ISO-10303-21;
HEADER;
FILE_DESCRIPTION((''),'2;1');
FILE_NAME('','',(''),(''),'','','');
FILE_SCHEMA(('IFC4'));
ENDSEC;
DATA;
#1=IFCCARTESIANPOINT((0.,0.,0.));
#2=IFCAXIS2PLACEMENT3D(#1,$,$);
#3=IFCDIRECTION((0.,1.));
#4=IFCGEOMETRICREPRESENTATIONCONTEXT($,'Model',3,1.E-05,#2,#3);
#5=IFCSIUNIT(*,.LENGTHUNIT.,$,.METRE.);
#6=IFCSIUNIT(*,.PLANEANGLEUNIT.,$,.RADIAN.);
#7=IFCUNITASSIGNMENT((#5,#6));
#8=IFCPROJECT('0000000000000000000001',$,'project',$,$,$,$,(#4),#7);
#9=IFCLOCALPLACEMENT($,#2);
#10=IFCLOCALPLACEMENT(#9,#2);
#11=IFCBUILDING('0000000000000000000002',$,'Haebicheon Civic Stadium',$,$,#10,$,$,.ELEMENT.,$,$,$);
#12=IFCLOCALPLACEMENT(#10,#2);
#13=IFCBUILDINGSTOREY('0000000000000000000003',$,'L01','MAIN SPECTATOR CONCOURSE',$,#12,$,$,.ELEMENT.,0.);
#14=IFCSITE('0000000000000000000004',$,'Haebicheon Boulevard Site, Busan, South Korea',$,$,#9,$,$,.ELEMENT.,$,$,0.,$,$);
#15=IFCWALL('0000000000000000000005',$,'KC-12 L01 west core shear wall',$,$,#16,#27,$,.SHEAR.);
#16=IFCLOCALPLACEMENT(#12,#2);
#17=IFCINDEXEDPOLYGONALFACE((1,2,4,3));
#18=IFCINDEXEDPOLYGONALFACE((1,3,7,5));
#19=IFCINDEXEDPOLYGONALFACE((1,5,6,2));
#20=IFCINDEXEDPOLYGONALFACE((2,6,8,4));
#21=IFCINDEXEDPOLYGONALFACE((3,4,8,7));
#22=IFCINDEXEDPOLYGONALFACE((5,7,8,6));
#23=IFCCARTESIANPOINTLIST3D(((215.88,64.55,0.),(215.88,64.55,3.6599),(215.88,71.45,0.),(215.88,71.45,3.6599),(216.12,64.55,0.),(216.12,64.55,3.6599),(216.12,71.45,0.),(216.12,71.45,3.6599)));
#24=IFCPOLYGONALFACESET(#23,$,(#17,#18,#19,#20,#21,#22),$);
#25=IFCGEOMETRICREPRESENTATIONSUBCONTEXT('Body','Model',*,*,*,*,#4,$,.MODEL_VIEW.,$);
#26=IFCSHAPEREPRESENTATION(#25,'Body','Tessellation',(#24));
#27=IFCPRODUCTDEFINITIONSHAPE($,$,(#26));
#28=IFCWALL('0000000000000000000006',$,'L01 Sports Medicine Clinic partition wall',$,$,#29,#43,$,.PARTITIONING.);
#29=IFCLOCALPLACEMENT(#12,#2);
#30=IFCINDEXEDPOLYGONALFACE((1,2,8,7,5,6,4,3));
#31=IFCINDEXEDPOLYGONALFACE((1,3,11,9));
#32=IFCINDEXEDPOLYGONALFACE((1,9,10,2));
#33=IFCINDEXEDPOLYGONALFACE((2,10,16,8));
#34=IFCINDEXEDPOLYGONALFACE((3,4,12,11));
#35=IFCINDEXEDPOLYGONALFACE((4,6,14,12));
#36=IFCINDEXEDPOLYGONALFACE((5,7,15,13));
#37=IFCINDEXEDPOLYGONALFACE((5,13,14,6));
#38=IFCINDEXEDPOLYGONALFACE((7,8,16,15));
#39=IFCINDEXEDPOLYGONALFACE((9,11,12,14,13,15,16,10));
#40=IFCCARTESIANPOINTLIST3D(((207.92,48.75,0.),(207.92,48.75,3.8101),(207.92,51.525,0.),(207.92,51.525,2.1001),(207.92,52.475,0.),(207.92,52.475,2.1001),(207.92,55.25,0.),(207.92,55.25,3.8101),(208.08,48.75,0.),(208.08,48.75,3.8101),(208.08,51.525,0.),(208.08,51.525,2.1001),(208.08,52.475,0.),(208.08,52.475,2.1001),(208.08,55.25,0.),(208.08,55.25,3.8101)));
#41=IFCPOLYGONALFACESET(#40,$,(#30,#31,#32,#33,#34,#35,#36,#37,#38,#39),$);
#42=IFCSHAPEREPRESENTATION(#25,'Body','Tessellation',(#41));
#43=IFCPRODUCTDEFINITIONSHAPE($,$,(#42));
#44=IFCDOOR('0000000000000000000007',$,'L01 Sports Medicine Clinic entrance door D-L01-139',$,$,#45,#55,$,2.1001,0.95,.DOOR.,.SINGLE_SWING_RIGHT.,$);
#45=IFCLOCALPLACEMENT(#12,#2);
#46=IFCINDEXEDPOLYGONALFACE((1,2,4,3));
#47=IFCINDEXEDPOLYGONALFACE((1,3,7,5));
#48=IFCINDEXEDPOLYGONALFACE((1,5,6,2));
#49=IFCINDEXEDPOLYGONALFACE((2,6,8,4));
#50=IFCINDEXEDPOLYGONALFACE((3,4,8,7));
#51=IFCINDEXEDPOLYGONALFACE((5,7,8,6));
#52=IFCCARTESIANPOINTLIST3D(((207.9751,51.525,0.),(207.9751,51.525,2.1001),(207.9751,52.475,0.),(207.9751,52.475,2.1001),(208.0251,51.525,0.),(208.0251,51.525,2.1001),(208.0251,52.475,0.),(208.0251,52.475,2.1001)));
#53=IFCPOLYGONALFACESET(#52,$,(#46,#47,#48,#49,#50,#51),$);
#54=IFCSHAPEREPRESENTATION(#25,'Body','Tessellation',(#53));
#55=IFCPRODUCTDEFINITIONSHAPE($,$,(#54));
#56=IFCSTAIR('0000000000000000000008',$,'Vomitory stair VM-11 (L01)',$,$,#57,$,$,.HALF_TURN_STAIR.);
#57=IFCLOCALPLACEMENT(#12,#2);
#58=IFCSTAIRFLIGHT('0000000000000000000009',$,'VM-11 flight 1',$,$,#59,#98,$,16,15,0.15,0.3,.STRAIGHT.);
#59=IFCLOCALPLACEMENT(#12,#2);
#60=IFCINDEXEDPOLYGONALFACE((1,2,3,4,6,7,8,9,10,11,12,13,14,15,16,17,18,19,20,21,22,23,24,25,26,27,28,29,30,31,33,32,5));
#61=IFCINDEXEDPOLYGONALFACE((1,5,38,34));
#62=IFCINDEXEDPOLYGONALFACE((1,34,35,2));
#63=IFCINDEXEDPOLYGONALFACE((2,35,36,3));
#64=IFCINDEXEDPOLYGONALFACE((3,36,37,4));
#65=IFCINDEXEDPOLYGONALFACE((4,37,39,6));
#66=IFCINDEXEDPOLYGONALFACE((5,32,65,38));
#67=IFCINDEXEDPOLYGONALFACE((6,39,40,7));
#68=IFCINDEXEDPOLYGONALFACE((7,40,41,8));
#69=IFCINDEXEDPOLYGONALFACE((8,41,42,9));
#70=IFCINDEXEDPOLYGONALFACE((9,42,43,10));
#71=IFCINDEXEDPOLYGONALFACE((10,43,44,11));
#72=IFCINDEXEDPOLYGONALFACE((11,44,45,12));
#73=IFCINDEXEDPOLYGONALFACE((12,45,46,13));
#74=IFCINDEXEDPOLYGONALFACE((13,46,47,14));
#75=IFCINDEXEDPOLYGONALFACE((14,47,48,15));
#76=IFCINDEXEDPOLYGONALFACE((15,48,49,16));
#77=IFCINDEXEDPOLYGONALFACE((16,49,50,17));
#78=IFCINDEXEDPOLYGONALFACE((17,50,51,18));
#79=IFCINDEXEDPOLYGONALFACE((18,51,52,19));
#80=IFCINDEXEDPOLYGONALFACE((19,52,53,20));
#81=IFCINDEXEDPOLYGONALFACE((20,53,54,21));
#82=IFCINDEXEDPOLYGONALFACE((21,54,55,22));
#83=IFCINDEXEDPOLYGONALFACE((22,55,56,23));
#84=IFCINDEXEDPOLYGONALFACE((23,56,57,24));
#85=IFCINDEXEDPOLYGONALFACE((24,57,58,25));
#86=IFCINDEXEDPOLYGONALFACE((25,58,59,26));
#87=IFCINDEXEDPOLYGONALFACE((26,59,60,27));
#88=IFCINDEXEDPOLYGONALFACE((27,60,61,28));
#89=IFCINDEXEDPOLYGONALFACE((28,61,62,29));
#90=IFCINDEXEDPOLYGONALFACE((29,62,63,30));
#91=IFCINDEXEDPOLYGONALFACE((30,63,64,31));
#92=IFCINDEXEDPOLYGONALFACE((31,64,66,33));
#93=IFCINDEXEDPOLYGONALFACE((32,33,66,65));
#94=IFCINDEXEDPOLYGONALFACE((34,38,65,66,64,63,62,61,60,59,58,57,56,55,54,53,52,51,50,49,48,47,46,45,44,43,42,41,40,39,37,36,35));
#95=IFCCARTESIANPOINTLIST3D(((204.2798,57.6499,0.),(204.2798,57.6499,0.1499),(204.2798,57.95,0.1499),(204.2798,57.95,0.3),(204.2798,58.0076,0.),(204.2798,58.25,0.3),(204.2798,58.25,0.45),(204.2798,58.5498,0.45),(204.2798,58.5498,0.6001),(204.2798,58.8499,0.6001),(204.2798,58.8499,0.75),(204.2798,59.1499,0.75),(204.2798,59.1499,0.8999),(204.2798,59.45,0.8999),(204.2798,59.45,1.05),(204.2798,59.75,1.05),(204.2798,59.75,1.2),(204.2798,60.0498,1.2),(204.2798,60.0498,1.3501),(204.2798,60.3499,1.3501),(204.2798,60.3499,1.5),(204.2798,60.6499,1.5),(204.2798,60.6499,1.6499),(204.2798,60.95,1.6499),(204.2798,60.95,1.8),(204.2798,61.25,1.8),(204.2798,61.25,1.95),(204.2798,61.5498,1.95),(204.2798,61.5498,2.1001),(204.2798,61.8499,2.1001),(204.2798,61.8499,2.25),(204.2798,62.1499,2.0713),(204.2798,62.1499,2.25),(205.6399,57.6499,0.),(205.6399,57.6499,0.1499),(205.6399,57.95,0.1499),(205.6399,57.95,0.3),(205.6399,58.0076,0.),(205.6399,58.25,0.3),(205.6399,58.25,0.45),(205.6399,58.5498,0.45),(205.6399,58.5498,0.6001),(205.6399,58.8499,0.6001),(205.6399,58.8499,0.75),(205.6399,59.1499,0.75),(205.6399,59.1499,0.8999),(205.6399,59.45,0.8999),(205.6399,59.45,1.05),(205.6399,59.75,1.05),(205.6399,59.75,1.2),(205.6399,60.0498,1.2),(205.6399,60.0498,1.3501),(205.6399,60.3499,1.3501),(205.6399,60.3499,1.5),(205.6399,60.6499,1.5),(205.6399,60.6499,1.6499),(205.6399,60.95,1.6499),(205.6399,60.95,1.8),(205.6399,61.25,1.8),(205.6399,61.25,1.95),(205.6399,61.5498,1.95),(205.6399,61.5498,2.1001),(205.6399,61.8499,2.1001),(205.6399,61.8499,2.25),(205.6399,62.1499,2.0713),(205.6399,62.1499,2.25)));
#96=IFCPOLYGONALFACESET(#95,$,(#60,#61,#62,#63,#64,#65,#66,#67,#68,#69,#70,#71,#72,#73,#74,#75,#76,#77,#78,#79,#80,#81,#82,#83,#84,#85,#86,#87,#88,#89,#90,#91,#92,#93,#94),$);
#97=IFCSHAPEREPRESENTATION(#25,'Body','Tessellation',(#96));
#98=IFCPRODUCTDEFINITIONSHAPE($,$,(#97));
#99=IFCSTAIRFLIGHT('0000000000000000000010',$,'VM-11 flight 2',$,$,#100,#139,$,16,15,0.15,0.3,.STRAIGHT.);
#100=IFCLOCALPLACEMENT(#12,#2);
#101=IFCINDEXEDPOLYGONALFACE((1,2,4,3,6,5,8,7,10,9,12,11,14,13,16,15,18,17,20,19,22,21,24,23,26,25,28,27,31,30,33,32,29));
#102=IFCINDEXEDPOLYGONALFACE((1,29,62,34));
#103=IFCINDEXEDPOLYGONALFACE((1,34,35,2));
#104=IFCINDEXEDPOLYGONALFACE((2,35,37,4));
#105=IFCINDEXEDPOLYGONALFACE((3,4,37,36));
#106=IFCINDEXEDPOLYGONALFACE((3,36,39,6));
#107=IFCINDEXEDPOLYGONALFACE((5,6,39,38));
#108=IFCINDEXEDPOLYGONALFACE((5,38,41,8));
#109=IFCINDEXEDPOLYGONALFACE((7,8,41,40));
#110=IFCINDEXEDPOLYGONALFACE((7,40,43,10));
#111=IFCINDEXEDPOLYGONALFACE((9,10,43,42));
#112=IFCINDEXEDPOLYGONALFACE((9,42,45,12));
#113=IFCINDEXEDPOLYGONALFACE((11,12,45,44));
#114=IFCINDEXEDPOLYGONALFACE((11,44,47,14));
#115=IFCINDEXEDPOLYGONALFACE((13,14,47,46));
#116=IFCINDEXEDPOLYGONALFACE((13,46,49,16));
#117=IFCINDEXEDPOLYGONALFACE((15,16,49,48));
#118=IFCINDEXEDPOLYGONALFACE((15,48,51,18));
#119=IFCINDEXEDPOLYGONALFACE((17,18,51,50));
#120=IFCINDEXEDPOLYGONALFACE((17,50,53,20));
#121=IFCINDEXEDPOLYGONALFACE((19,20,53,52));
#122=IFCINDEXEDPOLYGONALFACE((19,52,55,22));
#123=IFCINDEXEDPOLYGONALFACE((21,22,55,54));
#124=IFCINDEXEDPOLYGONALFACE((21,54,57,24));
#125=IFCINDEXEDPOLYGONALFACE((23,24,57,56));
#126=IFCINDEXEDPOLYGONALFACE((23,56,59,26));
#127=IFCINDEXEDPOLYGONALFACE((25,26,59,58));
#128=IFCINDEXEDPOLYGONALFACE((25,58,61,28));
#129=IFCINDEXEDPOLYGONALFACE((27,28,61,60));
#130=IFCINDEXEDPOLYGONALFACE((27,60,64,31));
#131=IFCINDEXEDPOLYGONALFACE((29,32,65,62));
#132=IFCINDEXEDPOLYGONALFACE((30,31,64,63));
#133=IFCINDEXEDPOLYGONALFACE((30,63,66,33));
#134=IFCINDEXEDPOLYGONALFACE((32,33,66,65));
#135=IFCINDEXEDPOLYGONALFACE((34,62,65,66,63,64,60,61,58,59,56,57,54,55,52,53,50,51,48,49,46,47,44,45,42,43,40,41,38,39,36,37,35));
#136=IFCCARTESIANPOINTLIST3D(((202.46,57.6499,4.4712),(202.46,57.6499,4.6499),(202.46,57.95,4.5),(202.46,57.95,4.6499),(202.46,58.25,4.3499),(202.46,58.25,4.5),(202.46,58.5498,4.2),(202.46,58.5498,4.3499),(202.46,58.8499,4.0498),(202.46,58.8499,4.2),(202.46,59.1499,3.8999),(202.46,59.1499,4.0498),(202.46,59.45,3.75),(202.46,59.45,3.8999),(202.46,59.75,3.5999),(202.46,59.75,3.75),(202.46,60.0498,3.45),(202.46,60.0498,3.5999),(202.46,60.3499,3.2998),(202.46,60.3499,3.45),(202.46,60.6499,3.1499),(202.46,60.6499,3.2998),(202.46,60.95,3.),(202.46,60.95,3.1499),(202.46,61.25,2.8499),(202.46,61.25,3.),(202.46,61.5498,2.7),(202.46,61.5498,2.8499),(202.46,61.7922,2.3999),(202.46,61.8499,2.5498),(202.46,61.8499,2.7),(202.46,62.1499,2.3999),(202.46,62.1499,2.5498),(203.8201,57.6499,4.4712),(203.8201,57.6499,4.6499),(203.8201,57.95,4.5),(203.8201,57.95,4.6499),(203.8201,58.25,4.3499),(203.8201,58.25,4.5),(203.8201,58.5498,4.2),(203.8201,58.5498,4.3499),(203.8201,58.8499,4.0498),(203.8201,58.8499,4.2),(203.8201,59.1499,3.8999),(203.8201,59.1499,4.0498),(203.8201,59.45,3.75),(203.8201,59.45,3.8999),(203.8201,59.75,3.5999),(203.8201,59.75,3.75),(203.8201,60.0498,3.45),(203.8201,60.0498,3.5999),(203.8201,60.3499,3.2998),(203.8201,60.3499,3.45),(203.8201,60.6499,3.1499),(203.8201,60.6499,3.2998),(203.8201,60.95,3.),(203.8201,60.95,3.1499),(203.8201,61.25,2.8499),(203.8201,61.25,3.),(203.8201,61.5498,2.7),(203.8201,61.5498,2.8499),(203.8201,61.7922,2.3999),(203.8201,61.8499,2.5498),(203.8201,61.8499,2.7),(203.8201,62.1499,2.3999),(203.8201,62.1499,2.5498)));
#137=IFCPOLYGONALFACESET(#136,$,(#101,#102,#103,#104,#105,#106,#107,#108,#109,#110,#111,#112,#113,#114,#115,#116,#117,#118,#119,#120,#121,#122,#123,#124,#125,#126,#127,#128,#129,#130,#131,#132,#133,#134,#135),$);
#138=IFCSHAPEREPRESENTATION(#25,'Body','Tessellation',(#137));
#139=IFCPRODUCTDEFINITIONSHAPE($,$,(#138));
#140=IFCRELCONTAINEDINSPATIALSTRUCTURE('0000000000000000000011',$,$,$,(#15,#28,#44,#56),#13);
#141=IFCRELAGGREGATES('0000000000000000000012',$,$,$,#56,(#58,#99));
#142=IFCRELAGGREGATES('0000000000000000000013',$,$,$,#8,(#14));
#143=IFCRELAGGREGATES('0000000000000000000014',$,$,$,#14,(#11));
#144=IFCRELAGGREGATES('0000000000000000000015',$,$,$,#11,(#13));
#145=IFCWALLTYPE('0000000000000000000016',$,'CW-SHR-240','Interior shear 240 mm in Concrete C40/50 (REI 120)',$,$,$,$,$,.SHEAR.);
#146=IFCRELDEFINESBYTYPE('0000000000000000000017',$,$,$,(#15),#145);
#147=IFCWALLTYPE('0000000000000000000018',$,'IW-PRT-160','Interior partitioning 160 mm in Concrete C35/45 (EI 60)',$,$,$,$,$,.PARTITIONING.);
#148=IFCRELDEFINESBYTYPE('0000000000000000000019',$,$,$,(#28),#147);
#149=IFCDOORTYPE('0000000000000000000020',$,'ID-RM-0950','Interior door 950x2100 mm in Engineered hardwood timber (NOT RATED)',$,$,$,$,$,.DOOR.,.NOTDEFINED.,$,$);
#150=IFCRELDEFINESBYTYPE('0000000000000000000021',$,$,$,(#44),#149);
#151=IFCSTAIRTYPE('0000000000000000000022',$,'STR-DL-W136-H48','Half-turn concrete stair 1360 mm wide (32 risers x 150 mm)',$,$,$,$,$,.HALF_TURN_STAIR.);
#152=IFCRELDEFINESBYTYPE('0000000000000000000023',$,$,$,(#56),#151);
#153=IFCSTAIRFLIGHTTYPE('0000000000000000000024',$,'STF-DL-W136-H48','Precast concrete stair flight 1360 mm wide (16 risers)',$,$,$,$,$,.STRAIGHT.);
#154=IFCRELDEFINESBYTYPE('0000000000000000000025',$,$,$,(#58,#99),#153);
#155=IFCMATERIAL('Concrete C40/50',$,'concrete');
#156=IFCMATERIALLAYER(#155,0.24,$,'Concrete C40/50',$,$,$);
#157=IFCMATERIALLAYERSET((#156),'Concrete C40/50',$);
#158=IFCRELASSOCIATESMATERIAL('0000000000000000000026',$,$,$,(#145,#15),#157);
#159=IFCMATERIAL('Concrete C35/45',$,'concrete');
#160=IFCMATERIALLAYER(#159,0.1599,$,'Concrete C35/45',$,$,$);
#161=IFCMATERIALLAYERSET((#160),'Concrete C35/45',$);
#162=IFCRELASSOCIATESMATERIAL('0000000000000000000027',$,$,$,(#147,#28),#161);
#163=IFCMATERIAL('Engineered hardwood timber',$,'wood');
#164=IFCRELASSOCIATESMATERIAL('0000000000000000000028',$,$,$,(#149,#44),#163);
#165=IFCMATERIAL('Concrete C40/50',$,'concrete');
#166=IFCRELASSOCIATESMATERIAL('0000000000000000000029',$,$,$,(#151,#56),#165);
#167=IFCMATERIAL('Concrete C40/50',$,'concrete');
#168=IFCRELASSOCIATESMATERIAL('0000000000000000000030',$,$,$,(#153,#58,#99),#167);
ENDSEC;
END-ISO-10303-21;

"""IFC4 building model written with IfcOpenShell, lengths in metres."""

from ifc_helpers import new_model, si_unit, direction, frame, frame_2d, origin, place, context, subcontext, project, spatial, polyline, rectangle, outline, extrude, material, layer, layer_set, type_object, element, fill, aggregate, save


model = new_model("IFC4")

# Units and contexts
model_context = context("Model", 3, precision=1e-05, world=origin(), true_north=direction((0.0, 1.0)))
body_context = subcontext(model_context, "Body", "Model", "MODEL_VIEW")
ifc_project = project(units=[si_unit("LENGTHUNIT", "METRE"), si_unit("PLANEANGLEUNIT", "RADIAN")], contexts=[model_context])

# Site, building, storey
site_placement = place(None, origin())
site = spatial("IfcSite", under=ifc_project, at=site_placement, Name="Haebicheon Boulevard Site, Busan, South Korea", CompositionType="ELEMENT", RefElevation=0.0)
building_placement = place(site_placement, origin())
building = spatial("IfcBuilding", under=site, at=building_placement, Name="Haebicheon Civic Stadium", CompositionType="ELEMENT")
storey_placement = place(building_placement, origin())
storey = spatial("IfcBuildingStorey", under=building, at=storey_placement, Name="L01", Description="MAIN SPECTATOR CONCOURSE", CompositionType="ELEMENT", Elevation=0.0)

# Wall
ifc_material_1 = material(Name="Concrete C40/50", Category="concrete")
ifc_layer_1 = layer(ifc_material_1, 0.24, Name="Concrete C40/50")
ifc_layer_set_1 = layer_set([ifc_layer_1], Name="Concrete C40/50")
wall_type_1 = type_object("IfcWallType", Name="CW-SHR-240", Description="Interior shear 240 mm in Concrete C40/50 (REI 120)", PredefinedType="SHEAR", material=ifc_layer_set_1)
wall_1_placement = place(storey_placement, frame((216.0, 64.55, 0.0), z_axis=(0.0, 0.0, 1.0), x_axis=(0.0, 1.0, 0.0)))
element("IfcWall", 1, at=wall_1_placement, inside=storey, type_object=wall_type_1, material=ifc_layer_set_1, Name="KC-12 L01 west core shear wall", PredefinedType="SHEAR", context=body_context, shape_type="SweptSolid", body=[
    extrude(rectangle(XDim=6.8999, YDim=0.24, at=frame_2d((3.45, 0.0))), origin(), (0.0, 0.0, 1.0), 3.6599),
])

# Wall, opening, door
ifc_material_2 = material(Name="Concrete C35/45", Category="concrete")
ifc_layer_2 = layer(ifc_material_2, 0.1599, Name="Concrete C35/45")
ifc_layer_set_2 = layer_set([ifc_layer_2], Name="Concrete C35/45")
wall_type_2 = type_object("IfcWallType", Name="IW-PRT-160", Description="Interior partitioning 160 mm in Concrete C35/45 (EI 60)", PredefinedType="PARTITIONING", material=ifc_layer_set_2)
wall_2_placement = place(storey_placement, frame((208.0, 48.75, 0.0), z_axis=(0.0, 0.0, 1.0), x_axis=(0.0, 1.0, 0.0)))
wall_2 = element("IfcWall", 2, at=wall_2_placement, inside=storey, type_object=wall_type_2, material=ifc_layer_set_2, Name="L01 Sports Medicine Clinic partition wall", PredefinedType="PARTITIONING", context=body_context, shape_type="SweptSolid", body=[
    extrude(rectangle(XDim=6.5, YDim=0.1599, at=frame_2d((3.25, 0.0))), origin(), (0.0, 0.0, 1.0), 3.8101),
])
opening_placement = place(wall_2_placement, frame((2.7749, 0.0, 0.0)))
opening = element("IfcOpeningElement", 3, at=opening_placement, cuts=wall_2, PredefinedType="OPENING", context=body_context, shape_type="SweptSolid", body=[
    extrude(rectangle(XDim=0.95, YDim=2.1001, at=frame_2d((0.4751, 1.05))), frame((0.0, 0.0898, 0.0), z_axis=(0.0, -1.0, 0.0), x_axis=(1.0, 0.0, 0.0)), (0.0, 0.0, 1.0), 0.1799),
])
ifc_material_3 = material(Name="Engineered hardwood timber", Category="wood")
door_type = type_object("IfcDoorType", Name="ID-RM-0950", Description="Interior door 950x2100 mm in Engineered hardwood timber (NOT RATED)", OperationType="NOTDEFINED", PredefinedType="DOOR", material=ifc_material_3)
door_placement = place(opening_placement, origin())
door = element("IfcDoor", 4, at=door_placement, inside=storey, type_object=door_type, material=ifc_material_3, Name="L01 Sports Medicine Clinic entrance door D-L01-139", OperationType="SINGLE_SWING_RIGHT", OverallHeight=2.1001, OverallWidth=0.95, PredefinedType="DOOR", context=body_context, shape_type="SweptSolid", body=[
    extrude(rectangle(XDim=0.95, YDim=2.1001, at=frame_2d((0.4751, 1.05))), frame((0.0, 0.0249, 0.0), z_axis=(0.0, -1.0, 0.0), x_axis=(1.0, 0.0, 0.0)), (0.0, 0.0, 1.0), 0.05),
])
fill(opening, door)

# Stair, stair flights
ifc_material_4 = material(Name="Concrete C40/50", Category="concrete")
stair_type = type_object("IfcStairType", Name="STR-DL-W136-H48", Description="Half-turn concrete stair 1360 mm wide (32 risers x 150 mm)", PredefinedType="HALF_TURN_STAIR", material=ifc_material_4)
stair_placement = place(storey_placement, origin())
stair = element("IfcStair", 5, at=stair_placement, inside=storey, type_object=stair_type, material=ifc_material_4, Name="Vomitory stair VM-11 (L01)", PredefinedType="HALF_TURN_STAIR")
ifc_material_5 = material(Name="Concrete C40/50", Category="concrete")
stair_flight_type = type_object("IfcStairFlightType", Name="STF-DL-W136-H48", Description="Precast concrete stair flight 1360 mm wide (16 risers)", PredefinedType="STRAIGHT", material=ifc_material_5)
stair_flight_1_placement = place(storey_placement, frame((204.96, 57.6499, 0.0), z_axis=(0.0, 0.0, 1.0), x_axis=(0.0, 1.0, 0.0)))
stair_flight_1 = element("IfcStairFlight", 6, at=stair_flight_1_placement, type_object=stair_flight_type, material=ifc_material_5, Name="VM-11 flight 1", NumberOfRisers=16, NumberOfTreads=15, PredefinedType="STRAIGHT", RiserHeight=0.15, TreadLength=0.3, context=body_context, shape_type="SweptSolid", body=[
    extrude(outline(polyline([(0.0, 0.0), (0.0, 0.1499), (0.3, 0.1499), (0.3, 0.3), (0.6001, 0.3), (0.6001, 0.45), (0.8999, 0.45), (0.8999, 0.6001), (1.2, 0.6001), (1.2, 0.75), (1.5, 0.75), (1.5, 0.8999), (1.8, 0.8999), (1.8, 1.05), (2.1001, 1.05), (2.1001, 1.2), (2.3999, 1.2), (2.3999, 1.3501), (2.7, 1.3501), (2.7, 1.5), (3.0, 1.5), (3.0, 1.6499), (3.3, 1.6499), (3.3, 1.8), (3.6001, 1.8), (3.6001, 1.95), (3.8999, 1.95), (3.8999, 2.1001), (4.2, 2.1001), (4.2, 2.25), (4.5, 2.25), (4.5, 2.3999), (4.5, 2.0713), (0.3577, 0.0), (0.0, 0.0)])), frame((0.0, 0.6802, 0.0), z_axis=(0.0, -1.0, 0.0), x_axis=(1.0, 0.0, 0.0)), (0.0, 0.0, 1.0), 1.3601),
])
stair_flight_2_placement = place(storey_placement, frame((203.1399, 62.1499, 2.3999), z_axis=(0.0, 0.0, 1.0), x_axis=(0.0, -1.0, 0.0)))
stair_flight_2 = element("IfcStairFlight", 7, at=stair_flight_2_placement, type_object=stair_flight_type, material=ifc_material_5, Name="VM-11 flight 2", NumberOfRisers=16, NumberOfTreads=15, PredefinedType="STRAIGHT", RiserHeight=0.15, TreadLength=0.3, context=body_context, shape_type="SweptSolid", body=[
    extrude(outline(polyline([(0.0, 0.0), (0.0, 0.1499), (0.3, 0.1499), (0.3, 0.3), (0.6001, 0.3), (0.6001, 0.45), (0.8999, 0.45), (0.8999, 0.6001), (1.2, 0.6001), (1.2, 0.75), (1.5, 0.75), (1.5, 0.8999), (1.8, 0.8999), (1.8, 1.05), (2.1001, 1.05), (2.1001, 1.2), (2.3999, 1.2), (2.3999, 1.3501), (2.7, 1.3501), (2.7, 1.5), (3.0, 1.5), (3.0, 1.6499), (3.3, 1.6499), (3.3, 1.8), (3.6001, 1.8), (3.6001, 1.95), (3.8999, 1.95), (3.8999, 2.1001), (4.2, 2.1001), (4.2, 2.25), (4.5, 2.25), (4.5, 2.3999), (4.5, 2.0713), (0.3577, 0.0), (0.0, 0.0)])), frame((0.0, 0.6802, 0.0), z_axis=(0.0, -1.0, 0.0), x_axis=(1.0, 0.0, 0.0)), (0.0, 0.0, 1.0), 1.3601),
])
aggregate(stair, [stair_flight_1, stair_flight_2])

save(model, "model.ifc")
